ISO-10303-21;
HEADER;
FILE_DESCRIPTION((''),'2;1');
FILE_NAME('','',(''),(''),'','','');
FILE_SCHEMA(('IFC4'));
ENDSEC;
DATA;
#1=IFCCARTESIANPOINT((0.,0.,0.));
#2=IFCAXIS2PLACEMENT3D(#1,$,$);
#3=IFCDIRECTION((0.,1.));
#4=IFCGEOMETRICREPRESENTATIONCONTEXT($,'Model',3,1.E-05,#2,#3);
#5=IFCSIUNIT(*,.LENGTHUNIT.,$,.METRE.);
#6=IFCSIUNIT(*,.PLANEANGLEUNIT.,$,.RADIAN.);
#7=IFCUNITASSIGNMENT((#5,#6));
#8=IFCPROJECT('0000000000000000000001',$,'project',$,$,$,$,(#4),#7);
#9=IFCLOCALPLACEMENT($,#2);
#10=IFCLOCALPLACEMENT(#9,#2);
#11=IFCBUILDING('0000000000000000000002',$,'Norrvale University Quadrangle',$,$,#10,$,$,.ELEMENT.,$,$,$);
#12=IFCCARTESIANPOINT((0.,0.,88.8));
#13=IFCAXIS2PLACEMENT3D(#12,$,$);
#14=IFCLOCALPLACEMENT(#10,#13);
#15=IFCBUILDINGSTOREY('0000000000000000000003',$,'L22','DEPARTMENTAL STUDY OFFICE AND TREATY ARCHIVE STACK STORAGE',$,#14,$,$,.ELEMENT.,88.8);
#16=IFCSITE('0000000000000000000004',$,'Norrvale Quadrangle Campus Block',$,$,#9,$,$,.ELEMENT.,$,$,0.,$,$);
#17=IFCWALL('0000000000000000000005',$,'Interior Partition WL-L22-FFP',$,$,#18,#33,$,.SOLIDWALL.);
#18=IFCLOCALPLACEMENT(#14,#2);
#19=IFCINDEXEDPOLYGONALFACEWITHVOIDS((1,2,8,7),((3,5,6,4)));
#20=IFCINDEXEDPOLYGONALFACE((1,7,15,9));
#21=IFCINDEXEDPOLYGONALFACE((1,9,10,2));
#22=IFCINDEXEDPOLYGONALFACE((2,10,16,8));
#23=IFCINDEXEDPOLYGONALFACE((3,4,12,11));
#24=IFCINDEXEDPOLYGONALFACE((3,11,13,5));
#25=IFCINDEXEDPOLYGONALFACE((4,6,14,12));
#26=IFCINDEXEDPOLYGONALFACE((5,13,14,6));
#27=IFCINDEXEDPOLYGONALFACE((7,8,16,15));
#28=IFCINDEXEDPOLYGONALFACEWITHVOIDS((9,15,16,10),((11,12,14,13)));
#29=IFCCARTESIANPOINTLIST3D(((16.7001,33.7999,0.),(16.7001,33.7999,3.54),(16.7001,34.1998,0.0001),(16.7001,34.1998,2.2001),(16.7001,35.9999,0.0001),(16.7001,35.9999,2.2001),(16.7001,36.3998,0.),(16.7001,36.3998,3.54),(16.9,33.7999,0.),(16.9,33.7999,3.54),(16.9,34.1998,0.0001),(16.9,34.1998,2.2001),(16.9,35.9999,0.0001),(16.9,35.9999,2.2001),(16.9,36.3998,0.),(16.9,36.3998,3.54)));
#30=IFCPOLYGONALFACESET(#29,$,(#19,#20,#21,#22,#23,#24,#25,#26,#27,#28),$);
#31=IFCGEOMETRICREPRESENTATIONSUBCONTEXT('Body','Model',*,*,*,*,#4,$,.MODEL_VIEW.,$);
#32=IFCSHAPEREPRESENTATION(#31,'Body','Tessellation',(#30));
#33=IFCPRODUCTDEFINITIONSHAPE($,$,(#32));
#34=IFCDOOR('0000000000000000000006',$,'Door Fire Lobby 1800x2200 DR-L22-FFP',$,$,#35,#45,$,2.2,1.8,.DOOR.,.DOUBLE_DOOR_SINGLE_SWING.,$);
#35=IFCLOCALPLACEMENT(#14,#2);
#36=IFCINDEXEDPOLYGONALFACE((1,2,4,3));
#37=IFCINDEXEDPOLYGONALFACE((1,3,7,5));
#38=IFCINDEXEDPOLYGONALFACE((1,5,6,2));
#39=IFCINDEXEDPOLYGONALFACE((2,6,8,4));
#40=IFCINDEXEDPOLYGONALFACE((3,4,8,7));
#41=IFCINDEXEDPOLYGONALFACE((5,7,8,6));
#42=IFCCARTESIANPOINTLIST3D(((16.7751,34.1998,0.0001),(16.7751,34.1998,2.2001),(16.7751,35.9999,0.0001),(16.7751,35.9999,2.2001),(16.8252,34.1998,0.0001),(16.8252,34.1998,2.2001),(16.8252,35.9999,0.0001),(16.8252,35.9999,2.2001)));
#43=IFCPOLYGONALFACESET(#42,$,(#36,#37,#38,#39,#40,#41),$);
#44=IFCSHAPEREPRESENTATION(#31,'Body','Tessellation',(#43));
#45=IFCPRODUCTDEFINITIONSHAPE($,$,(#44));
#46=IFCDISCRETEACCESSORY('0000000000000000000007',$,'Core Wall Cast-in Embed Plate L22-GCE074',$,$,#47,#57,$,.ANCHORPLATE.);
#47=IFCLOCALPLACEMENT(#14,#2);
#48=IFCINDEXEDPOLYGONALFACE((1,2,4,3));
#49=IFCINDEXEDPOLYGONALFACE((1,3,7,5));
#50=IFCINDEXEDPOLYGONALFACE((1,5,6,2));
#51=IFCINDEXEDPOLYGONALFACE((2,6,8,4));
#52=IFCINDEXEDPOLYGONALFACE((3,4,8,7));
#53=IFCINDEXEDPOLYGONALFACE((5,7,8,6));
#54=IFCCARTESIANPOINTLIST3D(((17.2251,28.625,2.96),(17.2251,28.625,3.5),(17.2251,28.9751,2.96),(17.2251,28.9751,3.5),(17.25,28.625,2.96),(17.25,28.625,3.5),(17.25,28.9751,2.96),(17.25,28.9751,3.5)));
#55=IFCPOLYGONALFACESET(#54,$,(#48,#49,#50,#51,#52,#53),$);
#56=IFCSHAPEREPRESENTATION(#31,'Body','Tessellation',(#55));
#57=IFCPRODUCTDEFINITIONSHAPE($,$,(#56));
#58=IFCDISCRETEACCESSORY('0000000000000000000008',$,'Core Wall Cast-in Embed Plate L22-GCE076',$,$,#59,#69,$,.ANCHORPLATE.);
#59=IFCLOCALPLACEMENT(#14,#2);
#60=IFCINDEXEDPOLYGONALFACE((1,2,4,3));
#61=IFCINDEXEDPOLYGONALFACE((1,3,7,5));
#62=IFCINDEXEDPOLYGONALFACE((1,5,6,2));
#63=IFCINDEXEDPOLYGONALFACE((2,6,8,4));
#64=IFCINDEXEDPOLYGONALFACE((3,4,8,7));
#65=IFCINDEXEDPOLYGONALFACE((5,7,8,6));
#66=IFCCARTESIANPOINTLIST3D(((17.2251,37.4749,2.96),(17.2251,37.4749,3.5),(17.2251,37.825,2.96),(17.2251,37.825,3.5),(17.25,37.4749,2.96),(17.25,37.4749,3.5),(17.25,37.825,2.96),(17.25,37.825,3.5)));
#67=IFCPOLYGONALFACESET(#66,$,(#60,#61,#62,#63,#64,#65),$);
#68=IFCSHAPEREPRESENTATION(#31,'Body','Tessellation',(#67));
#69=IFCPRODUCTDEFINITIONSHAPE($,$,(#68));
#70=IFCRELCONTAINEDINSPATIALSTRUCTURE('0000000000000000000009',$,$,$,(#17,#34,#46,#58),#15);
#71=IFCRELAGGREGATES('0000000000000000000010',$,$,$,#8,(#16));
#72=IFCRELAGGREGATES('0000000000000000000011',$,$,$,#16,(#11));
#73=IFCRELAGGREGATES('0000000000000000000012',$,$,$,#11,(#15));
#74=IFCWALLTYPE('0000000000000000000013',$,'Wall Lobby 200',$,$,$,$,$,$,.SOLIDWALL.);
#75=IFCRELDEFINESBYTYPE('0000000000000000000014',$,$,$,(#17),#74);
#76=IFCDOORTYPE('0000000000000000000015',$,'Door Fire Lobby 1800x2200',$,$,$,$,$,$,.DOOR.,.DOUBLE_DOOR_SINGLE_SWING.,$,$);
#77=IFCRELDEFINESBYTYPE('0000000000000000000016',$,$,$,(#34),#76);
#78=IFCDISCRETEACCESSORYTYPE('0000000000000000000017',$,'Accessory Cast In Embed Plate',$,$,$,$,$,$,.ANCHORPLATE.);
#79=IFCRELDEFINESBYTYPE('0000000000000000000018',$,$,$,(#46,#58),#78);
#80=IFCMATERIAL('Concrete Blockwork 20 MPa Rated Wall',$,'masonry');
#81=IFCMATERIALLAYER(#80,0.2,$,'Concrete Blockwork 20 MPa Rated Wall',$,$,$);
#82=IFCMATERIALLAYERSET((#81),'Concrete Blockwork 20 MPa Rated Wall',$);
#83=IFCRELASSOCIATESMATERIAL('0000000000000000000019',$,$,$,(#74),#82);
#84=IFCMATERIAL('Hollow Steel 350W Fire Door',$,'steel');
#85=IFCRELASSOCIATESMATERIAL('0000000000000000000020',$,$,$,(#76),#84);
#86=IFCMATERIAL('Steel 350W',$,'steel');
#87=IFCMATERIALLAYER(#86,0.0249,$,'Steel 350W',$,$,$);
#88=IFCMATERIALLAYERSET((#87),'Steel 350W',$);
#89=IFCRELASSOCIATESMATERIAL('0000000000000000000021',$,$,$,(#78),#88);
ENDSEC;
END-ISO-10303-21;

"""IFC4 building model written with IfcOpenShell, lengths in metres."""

from ifc_helpers import new_model, si_unit, direction, frame, frame_2d, origin, origin_2d, place, context, subcontext, project, spatial, rectangle, extrude, material, layer, layer_set, type_object, element, fill, save


model = new_model("IFC4")

# Units and contexts
model_context = context("Model", 3, precision=1e-05, world=origin(), true_north=direction((0.0, 1.0)))
body_context = subcontext(model_context, "Body", "Model", "MODEL_VIEW")
ifc_project = project(units=[si_unit("LENGTHUNIT", "METRE"), si_unit("PLANEANGLEUNIT", "RADIAN")], contexts=[model_context])

# Site, building, storey
site_placement = place(None, origin())
site = spatial("IfcSite", under=ifc_project, at=site_placement, Name="Norrvale Quadrangle Campus Block", CompositionType="ELEMENT", RefElevation=0.0)
building_placement = place(site_placement, origin())
building = spatial("IfcBuilding", under=site, at=building_placement, Name="Norrvale University Quadrangle", CompositionType="ELEMENT")
storey_placement = place(building_placement, frame((0.0, 0.0, 88.8)))
storey = spatial("IfcBuildingStorey", under=building, at=storey_placement, Name="L22", Description="DEPARTMENTAL STUDY OFFICE AND TREATY ARCHIVE STACK STORAGE", CompositionType="ELEMENT", Elevation=88.8)

# Shared definitions
ifc_material_1 = material(Name="Steel 350W", Category="steel")

# Wall, opening, door
ifc_material_2 = material(Name="Concrete Blockwork 20 MPa Rated Wall", Category="masonry")
ifc_layer_1 = layer(ifc_material_2, 0.2, Name="Concrete Blockwork 20 MPa Rated Wall")
ifc_layer_set_1 = layer_set([ifc_layer_1], Name="Concrete Blockwork 20 MPa Rated Wall")
wall_type_1 = type_object("IfcWallType", Name="Wall Lobby 200", PredefinedType="SOLIDWALL", material=ifc_layer_set_1)
wall_1_placement = place(storey_placement, frame((16.8, 33.8, 0.0), z_axis=(0.0, 0.0, 1.0), x_axis=(0.0, 1.0, 0.0)))
wall_1 = element("IfcWall", 1, at=wall_1_placement, inside=storey, type_object=wall_type_1, Name="Interior Partition WL-L22-FFP", PredefinedType="SOLIDWALL", context=body_context, shape_type="SweptSolid", body=[
    extrude(rectangle(XDim=2.5999, YDim=0.2, at=frame_2d((1.2998, 0.0))), origin(), (0.0, 0.0, 1.0), 3.54),
])
opening_1_placement = place(wall_1_placement, frame((0.3999, 0.0, 0.0)))
opening_1 = element("IfcOpeningElement", 2, at=opening_1_placement, cuts=wall_1, PredefinedType="OPENING", context=body_context, shape_type="SweptSolid", body=[
    extrude(rectangle(XDim=1.8, YDim=2.2, at=frame_2d((0.8999, 1.1001))), frame((0.0, 0.1121, 0.0), z_axis=(0.0, -1.0, 0.0), x_axis=(1.0, 0.0, 0.0)), (0.0, 0.0, 1.0), 0.2239),
])
ifc_material_3 = material(Name="Hollow Steel 350W Fire Door", Category="steel")
door_type_1 = type_object("IfcDoorType", Name="Door Fire Lobby 1800x2200", OperationType="DOUBLE_DOOR_SINGLE_SWING", PredefinedType="DOOR", material=ifc_material_3)
door_1_placement = place(opening_1_placement, origin())
door_1 = element("IfcDoor", 3, at=door_1_placement, inside=storey, type_object=door_type_1, Name="Door Fire Lobby 1800x2200 DR-L22-FFP", OperationType="DOUBLE_DOOR_SINGLE_SWING", OverallHeight=2.2, OverallWidth=1.8, PredefinedType="DOOR", context=body_context, shape_type="SweptSolid", body=[
    extrude(rectangle(XDim=1.8, YDim=2.2, at=frame_2d((0.8999, 1.1001))), frame((0.0, 0.0249, 0.0), z_axis=(0.0, -1.0, 0.0), x_axis=(1.0, 0.0, 0.0)), (0.0, 0.0, 1.0), 0.05),
])
fill(opening_1, door_1)

# Discrete accessories
ifc_layer_2 = layer(ifc_material_1, 0.0249, Name="Steel 350W")
ifc_layer_set_2 = layer_set([ifc_layer_2], Name="Steel 350W")
discrete_accessory_type = type_object("IfcDiscreteAccessoryType", Name="Accessory Cast In Embed Plate", PredefinedType="ANCHORPLATE", material=ifc_layer_set_2)
for number, where, z_axis, x_axis, name in (
    (4, (17.2375, 28.8, 2.96), (0.0, 0.0, 1.0), (1.0, 0.0, 0.0), "Core Wall Cast-in Embed Plate L22-GCE074"),
    (5, (17.2375, 37.6499, 2.96), (0.0, 0.0, 1.0), (1.0, 0.0, 0.0), "Core Wall Cast-in Embed Plate L22-GCE076"),
):
    element("IfcDiscreteAccessory", number, at=place(storey_placement, frame(where, z_axis=z_axis, x_axis=x_axis)), inside=storey, type_object=discrete_accessory_type, Name=name, PredefinedType="ANCHORPLATE", context=body_context, shape_type="SweptSolid", body=[
        extrude(rectangle(XDim=0.0249, YDim=0.3501, at=origin_2d()), origin(), (0.0, 0.0, 1.0), 0.54),
    ])

save(model, "model.ifc")
